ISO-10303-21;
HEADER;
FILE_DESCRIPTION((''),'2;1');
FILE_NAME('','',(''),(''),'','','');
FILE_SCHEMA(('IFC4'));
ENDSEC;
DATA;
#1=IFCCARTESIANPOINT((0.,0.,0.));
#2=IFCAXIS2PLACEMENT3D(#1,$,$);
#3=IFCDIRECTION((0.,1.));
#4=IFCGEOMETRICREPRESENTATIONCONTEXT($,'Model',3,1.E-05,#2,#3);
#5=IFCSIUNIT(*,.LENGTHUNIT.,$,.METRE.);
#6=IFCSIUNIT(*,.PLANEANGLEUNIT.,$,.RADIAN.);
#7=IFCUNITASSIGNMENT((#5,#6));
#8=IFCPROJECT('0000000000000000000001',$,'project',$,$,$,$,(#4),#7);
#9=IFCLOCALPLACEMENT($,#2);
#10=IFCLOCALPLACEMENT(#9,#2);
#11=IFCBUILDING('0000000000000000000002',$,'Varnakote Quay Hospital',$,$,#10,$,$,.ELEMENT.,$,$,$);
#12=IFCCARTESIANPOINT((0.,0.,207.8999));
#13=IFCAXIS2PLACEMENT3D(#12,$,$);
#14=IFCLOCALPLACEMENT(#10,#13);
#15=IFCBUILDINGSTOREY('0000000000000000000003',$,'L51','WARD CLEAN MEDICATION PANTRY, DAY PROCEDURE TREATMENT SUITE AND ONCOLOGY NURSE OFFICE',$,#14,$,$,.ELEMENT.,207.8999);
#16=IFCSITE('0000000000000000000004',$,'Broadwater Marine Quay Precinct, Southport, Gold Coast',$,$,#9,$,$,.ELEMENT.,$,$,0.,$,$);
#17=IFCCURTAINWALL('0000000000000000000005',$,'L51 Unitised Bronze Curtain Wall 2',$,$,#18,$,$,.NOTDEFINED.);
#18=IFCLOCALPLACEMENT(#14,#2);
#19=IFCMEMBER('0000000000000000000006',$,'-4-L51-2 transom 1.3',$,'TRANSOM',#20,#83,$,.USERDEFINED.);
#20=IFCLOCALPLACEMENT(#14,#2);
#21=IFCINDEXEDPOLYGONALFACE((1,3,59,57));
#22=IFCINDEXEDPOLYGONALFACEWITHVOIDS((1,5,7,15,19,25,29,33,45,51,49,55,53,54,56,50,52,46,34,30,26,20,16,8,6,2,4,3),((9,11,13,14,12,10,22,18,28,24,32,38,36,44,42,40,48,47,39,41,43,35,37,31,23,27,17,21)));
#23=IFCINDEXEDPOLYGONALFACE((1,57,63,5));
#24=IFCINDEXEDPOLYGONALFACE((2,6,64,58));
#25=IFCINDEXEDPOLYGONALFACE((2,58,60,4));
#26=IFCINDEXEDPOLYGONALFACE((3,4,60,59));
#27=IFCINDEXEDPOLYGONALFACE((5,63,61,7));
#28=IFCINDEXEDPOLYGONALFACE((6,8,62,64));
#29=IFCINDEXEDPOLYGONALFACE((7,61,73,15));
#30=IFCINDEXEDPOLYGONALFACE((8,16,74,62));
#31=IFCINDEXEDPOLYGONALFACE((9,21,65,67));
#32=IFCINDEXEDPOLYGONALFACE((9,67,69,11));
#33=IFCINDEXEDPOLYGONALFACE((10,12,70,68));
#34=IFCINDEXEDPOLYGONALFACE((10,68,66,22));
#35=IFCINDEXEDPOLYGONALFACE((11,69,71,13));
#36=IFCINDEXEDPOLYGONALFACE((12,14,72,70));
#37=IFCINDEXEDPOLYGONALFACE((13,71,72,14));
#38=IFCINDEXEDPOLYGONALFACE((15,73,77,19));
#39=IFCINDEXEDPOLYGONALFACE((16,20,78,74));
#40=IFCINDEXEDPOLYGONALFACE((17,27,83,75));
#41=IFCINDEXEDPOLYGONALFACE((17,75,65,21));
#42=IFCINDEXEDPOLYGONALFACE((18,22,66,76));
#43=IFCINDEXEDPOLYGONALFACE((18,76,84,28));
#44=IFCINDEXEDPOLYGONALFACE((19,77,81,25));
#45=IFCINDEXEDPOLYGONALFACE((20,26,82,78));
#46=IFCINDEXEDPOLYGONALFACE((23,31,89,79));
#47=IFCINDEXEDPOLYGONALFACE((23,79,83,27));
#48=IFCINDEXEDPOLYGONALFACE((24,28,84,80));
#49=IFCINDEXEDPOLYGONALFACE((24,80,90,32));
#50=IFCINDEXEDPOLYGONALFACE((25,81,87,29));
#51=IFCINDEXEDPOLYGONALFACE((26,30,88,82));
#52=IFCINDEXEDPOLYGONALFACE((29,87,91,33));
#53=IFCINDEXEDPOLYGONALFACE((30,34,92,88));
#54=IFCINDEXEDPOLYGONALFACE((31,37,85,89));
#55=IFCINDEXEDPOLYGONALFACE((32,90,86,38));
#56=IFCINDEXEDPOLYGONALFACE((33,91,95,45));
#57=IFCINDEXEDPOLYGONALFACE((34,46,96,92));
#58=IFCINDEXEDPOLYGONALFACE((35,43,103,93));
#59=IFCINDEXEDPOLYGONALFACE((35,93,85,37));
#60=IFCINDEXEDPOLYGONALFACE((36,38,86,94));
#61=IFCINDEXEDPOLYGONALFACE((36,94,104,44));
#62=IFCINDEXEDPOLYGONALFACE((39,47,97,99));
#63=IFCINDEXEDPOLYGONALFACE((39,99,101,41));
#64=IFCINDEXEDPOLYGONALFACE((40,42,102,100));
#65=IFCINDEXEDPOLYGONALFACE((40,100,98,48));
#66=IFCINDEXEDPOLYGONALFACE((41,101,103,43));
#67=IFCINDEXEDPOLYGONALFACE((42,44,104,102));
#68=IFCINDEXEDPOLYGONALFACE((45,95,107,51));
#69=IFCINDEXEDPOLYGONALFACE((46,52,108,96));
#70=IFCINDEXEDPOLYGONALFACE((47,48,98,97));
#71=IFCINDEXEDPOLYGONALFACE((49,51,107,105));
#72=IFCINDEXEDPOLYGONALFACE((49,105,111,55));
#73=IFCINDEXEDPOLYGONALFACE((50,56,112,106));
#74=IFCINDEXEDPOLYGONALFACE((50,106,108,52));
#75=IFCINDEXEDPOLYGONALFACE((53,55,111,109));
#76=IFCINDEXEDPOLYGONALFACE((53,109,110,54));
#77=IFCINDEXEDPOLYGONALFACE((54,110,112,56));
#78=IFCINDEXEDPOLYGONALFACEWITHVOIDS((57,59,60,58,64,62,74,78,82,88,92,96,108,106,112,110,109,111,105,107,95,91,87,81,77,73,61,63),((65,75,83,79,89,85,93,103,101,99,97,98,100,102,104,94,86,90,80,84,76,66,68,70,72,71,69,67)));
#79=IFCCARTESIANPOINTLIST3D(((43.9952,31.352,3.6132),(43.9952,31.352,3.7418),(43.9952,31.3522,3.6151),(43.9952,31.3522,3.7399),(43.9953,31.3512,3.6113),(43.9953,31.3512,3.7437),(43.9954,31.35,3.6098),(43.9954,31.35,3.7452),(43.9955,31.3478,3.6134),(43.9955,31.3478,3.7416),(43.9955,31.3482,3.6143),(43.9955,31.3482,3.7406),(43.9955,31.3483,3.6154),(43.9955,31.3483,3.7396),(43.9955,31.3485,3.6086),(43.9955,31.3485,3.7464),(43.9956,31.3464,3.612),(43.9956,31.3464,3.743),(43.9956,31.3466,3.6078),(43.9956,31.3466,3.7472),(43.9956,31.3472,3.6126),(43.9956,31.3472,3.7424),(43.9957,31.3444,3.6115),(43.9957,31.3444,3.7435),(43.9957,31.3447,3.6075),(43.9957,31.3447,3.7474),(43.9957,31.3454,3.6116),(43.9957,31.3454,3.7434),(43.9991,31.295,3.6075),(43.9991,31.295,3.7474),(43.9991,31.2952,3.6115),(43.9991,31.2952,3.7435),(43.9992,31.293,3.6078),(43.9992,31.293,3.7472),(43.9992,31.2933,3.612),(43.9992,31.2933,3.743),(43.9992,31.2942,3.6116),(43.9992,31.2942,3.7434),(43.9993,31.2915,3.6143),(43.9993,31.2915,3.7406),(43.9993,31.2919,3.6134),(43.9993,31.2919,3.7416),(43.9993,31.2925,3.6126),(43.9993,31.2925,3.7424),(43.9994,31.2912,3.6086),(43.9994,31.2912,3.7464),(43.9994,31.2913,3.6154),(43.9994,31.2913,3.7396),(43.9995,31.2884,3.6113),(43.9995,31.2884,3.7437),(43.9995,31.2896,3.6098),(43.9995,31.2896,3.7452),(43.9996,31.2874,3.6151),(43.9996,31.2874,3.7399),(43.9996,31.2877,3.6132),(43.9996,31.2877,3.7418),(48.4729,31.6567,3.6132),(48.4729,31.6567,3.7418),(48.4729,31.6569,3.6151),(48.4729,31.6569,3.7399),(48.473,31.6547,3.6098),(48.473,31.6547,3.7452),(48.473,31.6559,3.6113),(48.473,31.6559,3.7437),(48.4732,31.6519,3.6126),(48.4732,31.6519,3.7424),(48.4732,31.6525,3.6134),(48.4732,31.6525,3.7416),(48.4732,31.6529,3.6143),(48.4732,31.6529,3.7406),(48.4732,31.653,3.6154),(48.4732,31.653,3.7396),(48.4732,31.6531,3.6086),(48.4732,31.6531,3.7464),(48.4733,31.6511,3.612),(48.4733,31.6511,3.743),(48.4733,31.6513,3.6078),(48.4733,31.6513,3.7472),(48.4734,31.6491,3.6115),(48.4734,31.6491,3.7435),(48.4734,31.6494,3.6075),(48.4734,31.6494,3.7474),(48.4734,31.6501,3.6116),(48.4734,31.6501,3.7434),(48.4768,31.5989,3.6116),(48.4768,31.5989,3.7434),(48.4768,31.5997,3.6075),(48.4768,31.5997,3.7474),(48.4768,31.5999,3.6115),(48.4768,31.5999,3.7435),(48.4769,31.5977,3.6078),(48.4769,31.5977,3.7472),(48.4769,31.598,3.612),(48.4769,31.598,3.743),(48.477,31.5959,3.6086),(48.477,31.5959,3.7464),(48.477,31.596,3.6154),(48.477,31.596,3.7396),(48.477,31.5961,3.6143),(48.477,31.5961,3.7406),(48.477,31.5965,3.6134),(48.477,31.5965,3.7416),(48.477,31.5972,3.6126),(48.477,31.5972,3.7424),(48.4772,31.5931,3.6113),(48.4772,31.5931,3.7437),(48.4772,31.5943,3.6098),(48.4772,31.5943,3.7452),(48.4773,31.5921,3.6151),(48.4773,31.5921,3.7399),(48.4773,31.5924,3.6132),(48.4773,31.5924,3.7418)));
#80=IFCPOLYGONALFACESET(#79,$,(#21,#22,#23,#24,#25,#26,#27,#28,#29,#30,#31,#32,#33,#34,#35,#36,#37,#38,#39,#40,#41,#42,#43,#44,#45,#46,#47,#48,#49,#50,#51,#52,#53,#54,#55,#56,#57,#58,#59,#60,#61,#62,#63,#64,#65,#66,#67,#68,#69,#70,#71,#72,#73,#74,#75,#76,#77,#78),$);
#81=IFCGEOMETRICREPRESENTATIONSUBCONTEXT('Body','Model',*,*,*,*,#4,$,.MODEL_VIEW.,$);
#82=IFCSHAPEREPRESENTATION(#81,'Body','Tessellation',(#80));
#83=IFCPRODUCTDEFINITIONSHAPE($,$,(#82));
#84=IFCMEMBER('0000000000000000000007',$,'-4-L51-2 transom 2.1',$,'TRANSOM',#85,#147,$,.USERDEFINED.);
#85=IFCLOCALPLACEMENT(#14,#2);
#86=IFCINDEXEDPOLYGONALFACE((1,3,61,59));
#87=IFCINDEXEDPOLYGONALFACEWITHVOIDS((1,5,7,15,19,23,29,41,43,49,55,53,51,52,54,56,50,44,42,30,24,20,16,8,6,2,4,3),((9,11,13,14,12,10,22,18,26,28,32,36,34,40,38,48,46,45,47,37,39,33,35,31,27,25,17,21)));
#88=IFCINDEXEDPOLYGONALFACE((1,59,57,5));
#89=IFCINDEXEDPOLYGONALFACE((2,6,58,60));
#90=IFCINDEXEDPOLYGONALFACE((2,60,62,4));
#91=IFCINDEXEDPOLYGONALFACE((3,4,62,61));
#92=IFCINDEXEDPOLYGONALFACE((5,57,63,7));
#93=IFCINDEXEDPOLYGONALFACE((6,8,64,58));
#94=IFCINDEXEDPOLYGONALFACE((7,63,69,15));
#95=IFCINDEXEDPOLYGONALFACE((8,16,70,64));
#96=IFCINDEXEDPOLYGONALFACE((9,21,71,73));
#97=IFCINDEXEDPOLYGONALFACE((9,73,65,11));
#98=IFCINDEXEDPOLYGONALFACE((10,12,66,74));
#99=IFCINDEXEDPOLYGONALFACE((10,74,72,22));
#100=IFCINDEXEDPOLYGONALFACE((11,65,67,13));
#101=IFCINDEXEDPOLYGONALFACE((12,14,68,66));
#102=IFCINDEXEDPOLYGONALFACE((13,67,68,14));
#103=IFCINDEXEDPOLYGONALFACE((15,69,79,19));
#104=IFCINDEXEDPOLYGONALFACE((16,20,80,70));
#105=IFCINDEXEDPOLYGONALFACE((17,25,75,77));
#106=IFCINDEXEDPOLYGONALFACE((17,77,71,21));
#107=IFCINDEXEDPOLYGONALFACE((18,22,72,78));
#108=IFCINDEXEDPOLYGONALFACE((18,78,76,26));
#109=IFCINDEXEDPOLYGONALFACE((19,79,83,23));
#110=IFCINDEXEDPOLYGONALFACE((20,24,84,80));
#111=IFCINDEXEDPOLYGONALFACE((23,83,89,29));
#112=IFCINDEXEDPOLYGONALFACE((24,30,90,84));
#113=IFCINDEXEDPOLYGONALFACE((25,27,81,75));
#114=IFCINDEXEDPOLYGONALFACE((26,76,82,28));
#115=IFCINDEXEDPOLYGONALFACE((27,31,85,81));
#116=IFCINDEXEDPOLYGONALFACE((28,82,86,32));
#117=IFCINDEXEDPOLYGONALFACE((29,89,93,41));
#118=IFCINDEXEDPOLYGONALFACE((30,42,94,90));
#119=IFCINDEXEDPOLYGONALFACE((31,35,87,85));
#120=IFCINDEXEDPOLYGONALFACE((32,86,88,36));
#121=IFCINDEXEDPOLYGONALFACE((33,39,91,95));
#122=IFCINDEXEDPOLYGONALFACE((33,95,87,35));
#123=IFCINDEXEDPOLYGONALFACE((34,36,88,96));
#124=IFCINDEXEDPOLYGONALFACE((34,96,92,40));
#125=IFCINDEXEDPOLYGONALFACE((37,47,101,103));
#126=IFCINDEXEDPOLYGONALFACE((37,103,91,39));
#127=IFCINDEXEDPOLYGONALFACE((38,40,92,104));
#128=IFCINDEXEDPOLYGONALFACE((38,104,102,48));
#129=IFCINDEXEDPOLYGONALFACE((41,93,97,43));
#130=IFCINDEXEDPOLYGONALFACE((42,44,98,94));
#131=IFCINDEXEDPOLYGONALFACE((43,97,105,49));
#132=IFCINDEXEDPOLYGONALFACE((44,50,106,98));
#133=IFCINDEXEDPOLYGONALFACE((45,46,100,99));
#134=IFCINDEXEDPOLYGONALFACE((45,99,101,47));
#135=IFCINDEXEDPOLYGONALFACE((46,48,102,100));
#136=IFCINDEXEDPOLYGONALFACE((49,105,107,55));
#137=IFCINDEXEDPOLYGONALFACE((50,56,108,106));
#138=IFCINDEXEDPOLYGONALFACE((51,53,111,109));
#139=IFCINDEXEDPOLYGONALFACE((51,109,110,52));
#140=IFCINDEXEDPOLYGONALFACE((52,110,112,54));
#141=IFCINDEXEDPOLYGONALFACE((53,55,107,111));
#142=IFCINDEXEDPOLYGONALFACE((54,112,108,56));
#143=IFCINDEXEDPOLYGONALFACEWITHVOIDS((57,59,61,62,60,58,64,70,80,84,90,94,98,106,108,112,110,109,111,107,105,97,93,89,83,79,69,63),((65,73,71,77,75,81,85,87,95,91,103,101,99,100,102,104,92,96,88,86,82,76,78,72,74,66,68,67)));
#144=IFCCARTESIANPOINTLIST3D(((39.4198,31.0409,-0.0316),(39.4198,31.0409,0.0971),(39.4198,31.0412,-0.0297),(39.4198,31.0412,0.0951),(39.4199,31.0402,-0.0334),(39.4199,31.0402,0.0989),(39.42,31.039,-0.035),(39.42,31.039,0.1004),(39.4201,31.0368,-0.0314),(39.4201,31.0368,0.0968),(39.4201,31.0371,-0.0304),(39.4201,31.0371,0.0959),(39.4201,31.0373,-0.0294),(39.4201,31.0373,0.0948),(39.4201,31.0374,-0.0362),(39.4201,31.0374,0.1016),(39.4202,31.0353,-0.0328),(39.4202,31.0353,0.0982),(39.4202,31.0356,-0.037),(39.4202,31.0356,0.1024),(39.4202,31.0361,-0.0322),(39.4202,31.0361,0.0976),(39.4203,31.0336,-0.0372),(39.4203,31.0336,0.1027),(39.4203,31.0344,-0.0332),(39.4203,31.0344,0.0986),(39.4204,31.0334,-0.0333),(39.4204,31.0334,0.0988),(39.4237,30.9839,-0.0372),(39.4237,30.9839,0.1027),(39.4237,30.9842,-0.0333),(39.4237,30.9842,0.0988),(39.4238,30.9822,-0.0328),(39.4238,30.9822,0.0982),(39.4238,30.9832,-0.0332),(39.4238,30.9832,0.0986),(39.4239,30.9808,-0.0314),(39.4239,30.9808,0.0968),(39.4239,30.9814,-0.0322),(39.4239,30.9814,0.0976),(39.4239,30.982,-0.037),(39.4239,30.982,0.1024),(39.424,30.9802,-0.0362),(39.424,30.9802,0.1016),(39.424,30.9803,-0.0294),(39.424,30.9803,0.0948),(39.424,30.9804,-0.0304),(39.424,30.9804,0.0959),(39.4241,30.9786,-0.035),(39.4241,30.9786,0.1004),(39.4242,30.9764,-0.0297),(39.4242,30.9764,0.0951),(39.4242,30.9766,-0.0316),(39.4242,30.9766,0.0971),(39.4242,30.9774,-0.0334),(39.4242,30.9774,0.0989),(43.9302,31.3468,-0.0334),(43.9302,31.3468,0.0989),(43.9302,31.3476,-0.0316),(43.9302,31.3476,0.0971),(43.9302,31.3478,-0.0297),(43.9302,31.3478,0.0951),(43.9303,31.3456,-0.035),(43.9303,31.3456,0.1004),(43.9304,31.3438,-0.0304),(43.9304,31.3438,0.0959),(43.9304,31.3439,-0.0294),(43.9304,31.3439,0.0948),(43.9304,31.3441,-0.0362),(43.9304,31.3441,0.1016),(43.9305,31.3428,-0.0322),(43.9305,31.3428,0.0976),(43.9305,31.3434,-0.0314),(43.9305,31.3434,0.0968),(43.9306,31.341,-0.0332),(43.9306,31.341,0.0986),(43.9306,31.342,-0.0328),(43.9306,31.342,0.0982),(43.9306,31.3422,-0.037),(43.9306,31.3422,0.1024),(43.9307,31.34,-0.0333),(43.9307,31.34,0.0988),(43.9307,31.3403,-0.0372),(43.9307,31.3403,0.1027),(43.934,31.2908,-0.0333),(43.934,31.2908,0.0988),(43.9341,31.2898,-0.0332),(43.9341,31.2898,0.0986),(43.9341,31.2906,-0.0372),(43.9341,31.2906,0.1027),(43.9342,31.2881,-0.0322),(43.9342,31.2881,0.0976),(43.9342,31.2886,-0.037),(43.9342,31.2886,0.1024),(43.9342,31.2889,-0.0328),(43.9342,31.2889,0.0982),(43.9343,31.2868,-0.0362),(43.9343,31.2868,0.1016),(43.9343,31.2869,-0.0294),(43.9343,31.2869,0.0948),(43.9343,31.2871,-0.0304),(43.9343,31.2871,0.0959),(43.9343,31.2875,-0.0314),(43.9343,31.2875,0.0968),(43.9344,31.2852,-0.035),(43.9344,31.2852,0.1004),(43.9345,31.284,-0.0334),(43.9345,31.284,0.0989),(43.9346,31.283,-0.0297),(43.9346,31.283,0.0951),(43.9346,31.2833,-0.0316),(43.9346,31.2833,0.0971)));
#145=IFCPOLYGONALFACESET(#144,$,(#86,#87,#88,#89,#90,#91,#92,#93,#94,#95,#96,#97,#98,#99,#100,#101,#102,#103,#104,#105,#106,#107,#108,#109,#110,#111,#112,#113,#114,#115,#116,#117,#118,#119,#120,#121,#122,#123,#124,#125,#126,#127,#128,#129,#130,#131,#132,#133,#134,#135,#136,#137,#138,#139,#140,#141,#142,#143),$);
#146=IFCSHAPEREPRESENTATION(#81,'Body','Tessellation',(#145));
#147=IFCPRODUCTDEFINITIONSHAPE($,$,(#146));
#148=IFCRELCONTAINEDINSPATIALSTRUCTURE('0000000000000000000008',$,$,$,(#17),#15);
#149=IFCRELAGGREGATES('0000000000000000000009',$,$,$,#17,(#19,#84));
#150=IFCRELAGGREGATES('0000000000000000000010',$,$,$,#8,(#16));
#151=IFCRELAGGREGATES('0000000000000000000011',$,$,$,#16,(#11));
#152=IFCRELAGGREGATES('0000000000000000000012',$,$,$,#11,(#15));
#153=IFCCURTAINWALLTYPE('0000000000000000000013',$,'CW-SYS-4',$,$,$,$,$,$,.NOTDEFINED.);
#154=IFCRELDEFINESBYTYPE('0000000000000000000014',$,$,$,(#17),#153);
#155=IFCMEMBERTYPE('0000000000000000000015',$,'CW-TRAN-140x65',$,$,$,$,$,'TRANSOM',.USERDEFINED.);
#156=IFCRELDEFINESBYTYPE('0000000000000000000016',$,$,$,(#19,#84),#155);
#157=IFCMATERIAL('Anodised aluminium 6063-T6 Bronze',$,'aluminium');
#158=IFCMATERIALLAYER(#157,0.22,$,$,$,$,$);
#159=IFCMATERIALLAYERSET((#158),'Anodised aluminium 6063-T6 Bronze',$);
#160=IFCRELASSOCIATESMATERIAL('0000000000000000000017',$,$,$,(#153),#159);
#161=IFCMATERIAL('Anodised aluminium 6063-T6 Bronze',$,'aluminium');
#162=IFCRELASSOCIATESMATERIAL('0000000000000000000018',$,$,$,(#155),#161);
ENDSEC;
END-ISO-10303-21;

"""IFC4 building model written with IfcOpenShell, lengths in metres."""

from ifc_helpers import new_model, si_unit, direction, frame, origin, origin_2d, place, context, subcontext, project, spatial, hollow_rectangle, extrude, material, layer, layer_set, material_profile, profile_set, type_object, element, aggregate, save


model = new_model("IFC4")

# Units and contexts
model_context = context("Model", 3, precision=1e-05, world=origin(), true_north=direction((0.0, 1.0)))
body_context = subcontext(model_context, "Body", "Model", "MODEL_VIEW")
ifc_project = project(units=[si_unit("LENGTHUNIT", "METRE"), si_unit("PLANEANGLEUNIT", "RADIAN")], contexts=[model_context])

# Site, building, storey
site_placement = place(None, origin())
site = spatial("IfcSite", under=ifc_project, at=site_placement, Name="Broadwater Marine Quay Precinct, Southport, Gold Coast", CompositionType="ELEMENT", RefElevation=0.0)
building_placement = place(site_placement, origin())
building = spatial("IfcBuilding", under=site, at=building_placement, Name="Varnakote Quay Hospital", CompositionType="ELEMENT")
storey_placement = place(building_placement, frame((0.0, 0.0, 207.8999)))
storey = spatial("IfcBuildingStorey", under=building, at=storey_placement, Name="L51", Description="WARD CLEAN MEDICATION PANTRY, DAY PROCEDURE TREATMENT SUITE AND ONCOLOGY NURSE OFFICE", CompositionType="ELEMENT", Elevation=207.8999)

# Curtain wall
ifc_material_1 = material(Name="Anodised aluminium 6063-T6 Bronze", Category="aluminium")
ifc_layer_1 = layer(ifc_material_1, 0.22)
ifc_layer_set_1 = layer_set([ifc_layer_1], Name="Anodised aluminium 6063-T6 Bronze")
curtain_wall_type = type_object("IfcCurtainWallType", Name="CW-SYS-4", PredefinedType="NOTDEFINED", material=ifc_layer_set_1)
curtain_wall_1_placement = place(storey_placement, origin())
curtain_wall_1 = element("IfcCurtainWall", 1, at=curtain_wall_1_placement, inside=storey, type_object=curtain_wall_type, Name="L51 Unitised Bronze Curtain Wall 2", PredefinedType="NOTDEFINED")

# Members
ifc_material_2 = material(Name="Anodised aluminium 6063-T6 Bronze", Category="aluminium")
ifc_material_profile_1 = material_profile(ifc_material_2, hollow_rectangle(XDim=0.0649, YDim=0.1399, WallThickness=0.0039, InnerFilletRadius=0.0039, OuterFilletRadius=0.0076, at=origin_2d()), Name="CW-TRAN-140x65")
ifc_profile_set_1 = profile_set([ifc_material_profile_1], Name="Anodised aluminium 6063-T6 Bronze")
member_type_1 = type_object("IfcMemberType", Name="CW-TRAN-140x65", ElementType="TRANSOM", PredefinedType="USERDEFINED", material=ifc_profile_set_1)
member_1_placement = place(storey_placement, frame((48.4751, 31.6245, 3.6775), z_axis=(-0.997693, -0.067887, 0.0), x_axis=(0.067887, -0.997693, 0.0)))
member_1 = element("IfcMember", 2, at=member_1_placement, type_object=member_type_1, Name="-4-L51-2 transom 1.3", ObjectType="TRANSOM", PredefinedType="USERDEFINED", context=body_context, shape_type="SweptSolid", body=[
    extrude(hollow_rectangle(XDim=0.0649, YDim=0.1399, WallThickness=0.0039, InnerFilletRadius=0.0039, OuterFilletRadius=0.0076, at=origin_2d()), origin(), (0.0, 0.0, 1.0), 4.488),
])
member_2_placement = place(storey_placement, frame((43.9324, 31.3154, 0.0327), z_axis=(-0.997697, -0.067831, 0.0), x_axis=(0.067831, -0.997697, 0.0)))
member_2 = element("IfcMember", 3, at=member_2_placement, type_object=member_type_1, Name="-4-L51-2 transom 2.1", ObjectType="TRANSOM", PredefinedType="USERDEFINED", context=body_context, shape_type="SweptSolid", body=[
    extrude(hollow_rectangle(XDim=0.0649, YDim=0.1399, WallThickness=0.0039, InnerFilletRadius=0.0039, OuterFilletRadius=0.0076, at=origin_2d()), origin(), (0.0, 0.0, 1.0), 4.5208),
])

aggregate(curtain_wall_1, [member_1, member_2])

save(model, "model.ifc")
